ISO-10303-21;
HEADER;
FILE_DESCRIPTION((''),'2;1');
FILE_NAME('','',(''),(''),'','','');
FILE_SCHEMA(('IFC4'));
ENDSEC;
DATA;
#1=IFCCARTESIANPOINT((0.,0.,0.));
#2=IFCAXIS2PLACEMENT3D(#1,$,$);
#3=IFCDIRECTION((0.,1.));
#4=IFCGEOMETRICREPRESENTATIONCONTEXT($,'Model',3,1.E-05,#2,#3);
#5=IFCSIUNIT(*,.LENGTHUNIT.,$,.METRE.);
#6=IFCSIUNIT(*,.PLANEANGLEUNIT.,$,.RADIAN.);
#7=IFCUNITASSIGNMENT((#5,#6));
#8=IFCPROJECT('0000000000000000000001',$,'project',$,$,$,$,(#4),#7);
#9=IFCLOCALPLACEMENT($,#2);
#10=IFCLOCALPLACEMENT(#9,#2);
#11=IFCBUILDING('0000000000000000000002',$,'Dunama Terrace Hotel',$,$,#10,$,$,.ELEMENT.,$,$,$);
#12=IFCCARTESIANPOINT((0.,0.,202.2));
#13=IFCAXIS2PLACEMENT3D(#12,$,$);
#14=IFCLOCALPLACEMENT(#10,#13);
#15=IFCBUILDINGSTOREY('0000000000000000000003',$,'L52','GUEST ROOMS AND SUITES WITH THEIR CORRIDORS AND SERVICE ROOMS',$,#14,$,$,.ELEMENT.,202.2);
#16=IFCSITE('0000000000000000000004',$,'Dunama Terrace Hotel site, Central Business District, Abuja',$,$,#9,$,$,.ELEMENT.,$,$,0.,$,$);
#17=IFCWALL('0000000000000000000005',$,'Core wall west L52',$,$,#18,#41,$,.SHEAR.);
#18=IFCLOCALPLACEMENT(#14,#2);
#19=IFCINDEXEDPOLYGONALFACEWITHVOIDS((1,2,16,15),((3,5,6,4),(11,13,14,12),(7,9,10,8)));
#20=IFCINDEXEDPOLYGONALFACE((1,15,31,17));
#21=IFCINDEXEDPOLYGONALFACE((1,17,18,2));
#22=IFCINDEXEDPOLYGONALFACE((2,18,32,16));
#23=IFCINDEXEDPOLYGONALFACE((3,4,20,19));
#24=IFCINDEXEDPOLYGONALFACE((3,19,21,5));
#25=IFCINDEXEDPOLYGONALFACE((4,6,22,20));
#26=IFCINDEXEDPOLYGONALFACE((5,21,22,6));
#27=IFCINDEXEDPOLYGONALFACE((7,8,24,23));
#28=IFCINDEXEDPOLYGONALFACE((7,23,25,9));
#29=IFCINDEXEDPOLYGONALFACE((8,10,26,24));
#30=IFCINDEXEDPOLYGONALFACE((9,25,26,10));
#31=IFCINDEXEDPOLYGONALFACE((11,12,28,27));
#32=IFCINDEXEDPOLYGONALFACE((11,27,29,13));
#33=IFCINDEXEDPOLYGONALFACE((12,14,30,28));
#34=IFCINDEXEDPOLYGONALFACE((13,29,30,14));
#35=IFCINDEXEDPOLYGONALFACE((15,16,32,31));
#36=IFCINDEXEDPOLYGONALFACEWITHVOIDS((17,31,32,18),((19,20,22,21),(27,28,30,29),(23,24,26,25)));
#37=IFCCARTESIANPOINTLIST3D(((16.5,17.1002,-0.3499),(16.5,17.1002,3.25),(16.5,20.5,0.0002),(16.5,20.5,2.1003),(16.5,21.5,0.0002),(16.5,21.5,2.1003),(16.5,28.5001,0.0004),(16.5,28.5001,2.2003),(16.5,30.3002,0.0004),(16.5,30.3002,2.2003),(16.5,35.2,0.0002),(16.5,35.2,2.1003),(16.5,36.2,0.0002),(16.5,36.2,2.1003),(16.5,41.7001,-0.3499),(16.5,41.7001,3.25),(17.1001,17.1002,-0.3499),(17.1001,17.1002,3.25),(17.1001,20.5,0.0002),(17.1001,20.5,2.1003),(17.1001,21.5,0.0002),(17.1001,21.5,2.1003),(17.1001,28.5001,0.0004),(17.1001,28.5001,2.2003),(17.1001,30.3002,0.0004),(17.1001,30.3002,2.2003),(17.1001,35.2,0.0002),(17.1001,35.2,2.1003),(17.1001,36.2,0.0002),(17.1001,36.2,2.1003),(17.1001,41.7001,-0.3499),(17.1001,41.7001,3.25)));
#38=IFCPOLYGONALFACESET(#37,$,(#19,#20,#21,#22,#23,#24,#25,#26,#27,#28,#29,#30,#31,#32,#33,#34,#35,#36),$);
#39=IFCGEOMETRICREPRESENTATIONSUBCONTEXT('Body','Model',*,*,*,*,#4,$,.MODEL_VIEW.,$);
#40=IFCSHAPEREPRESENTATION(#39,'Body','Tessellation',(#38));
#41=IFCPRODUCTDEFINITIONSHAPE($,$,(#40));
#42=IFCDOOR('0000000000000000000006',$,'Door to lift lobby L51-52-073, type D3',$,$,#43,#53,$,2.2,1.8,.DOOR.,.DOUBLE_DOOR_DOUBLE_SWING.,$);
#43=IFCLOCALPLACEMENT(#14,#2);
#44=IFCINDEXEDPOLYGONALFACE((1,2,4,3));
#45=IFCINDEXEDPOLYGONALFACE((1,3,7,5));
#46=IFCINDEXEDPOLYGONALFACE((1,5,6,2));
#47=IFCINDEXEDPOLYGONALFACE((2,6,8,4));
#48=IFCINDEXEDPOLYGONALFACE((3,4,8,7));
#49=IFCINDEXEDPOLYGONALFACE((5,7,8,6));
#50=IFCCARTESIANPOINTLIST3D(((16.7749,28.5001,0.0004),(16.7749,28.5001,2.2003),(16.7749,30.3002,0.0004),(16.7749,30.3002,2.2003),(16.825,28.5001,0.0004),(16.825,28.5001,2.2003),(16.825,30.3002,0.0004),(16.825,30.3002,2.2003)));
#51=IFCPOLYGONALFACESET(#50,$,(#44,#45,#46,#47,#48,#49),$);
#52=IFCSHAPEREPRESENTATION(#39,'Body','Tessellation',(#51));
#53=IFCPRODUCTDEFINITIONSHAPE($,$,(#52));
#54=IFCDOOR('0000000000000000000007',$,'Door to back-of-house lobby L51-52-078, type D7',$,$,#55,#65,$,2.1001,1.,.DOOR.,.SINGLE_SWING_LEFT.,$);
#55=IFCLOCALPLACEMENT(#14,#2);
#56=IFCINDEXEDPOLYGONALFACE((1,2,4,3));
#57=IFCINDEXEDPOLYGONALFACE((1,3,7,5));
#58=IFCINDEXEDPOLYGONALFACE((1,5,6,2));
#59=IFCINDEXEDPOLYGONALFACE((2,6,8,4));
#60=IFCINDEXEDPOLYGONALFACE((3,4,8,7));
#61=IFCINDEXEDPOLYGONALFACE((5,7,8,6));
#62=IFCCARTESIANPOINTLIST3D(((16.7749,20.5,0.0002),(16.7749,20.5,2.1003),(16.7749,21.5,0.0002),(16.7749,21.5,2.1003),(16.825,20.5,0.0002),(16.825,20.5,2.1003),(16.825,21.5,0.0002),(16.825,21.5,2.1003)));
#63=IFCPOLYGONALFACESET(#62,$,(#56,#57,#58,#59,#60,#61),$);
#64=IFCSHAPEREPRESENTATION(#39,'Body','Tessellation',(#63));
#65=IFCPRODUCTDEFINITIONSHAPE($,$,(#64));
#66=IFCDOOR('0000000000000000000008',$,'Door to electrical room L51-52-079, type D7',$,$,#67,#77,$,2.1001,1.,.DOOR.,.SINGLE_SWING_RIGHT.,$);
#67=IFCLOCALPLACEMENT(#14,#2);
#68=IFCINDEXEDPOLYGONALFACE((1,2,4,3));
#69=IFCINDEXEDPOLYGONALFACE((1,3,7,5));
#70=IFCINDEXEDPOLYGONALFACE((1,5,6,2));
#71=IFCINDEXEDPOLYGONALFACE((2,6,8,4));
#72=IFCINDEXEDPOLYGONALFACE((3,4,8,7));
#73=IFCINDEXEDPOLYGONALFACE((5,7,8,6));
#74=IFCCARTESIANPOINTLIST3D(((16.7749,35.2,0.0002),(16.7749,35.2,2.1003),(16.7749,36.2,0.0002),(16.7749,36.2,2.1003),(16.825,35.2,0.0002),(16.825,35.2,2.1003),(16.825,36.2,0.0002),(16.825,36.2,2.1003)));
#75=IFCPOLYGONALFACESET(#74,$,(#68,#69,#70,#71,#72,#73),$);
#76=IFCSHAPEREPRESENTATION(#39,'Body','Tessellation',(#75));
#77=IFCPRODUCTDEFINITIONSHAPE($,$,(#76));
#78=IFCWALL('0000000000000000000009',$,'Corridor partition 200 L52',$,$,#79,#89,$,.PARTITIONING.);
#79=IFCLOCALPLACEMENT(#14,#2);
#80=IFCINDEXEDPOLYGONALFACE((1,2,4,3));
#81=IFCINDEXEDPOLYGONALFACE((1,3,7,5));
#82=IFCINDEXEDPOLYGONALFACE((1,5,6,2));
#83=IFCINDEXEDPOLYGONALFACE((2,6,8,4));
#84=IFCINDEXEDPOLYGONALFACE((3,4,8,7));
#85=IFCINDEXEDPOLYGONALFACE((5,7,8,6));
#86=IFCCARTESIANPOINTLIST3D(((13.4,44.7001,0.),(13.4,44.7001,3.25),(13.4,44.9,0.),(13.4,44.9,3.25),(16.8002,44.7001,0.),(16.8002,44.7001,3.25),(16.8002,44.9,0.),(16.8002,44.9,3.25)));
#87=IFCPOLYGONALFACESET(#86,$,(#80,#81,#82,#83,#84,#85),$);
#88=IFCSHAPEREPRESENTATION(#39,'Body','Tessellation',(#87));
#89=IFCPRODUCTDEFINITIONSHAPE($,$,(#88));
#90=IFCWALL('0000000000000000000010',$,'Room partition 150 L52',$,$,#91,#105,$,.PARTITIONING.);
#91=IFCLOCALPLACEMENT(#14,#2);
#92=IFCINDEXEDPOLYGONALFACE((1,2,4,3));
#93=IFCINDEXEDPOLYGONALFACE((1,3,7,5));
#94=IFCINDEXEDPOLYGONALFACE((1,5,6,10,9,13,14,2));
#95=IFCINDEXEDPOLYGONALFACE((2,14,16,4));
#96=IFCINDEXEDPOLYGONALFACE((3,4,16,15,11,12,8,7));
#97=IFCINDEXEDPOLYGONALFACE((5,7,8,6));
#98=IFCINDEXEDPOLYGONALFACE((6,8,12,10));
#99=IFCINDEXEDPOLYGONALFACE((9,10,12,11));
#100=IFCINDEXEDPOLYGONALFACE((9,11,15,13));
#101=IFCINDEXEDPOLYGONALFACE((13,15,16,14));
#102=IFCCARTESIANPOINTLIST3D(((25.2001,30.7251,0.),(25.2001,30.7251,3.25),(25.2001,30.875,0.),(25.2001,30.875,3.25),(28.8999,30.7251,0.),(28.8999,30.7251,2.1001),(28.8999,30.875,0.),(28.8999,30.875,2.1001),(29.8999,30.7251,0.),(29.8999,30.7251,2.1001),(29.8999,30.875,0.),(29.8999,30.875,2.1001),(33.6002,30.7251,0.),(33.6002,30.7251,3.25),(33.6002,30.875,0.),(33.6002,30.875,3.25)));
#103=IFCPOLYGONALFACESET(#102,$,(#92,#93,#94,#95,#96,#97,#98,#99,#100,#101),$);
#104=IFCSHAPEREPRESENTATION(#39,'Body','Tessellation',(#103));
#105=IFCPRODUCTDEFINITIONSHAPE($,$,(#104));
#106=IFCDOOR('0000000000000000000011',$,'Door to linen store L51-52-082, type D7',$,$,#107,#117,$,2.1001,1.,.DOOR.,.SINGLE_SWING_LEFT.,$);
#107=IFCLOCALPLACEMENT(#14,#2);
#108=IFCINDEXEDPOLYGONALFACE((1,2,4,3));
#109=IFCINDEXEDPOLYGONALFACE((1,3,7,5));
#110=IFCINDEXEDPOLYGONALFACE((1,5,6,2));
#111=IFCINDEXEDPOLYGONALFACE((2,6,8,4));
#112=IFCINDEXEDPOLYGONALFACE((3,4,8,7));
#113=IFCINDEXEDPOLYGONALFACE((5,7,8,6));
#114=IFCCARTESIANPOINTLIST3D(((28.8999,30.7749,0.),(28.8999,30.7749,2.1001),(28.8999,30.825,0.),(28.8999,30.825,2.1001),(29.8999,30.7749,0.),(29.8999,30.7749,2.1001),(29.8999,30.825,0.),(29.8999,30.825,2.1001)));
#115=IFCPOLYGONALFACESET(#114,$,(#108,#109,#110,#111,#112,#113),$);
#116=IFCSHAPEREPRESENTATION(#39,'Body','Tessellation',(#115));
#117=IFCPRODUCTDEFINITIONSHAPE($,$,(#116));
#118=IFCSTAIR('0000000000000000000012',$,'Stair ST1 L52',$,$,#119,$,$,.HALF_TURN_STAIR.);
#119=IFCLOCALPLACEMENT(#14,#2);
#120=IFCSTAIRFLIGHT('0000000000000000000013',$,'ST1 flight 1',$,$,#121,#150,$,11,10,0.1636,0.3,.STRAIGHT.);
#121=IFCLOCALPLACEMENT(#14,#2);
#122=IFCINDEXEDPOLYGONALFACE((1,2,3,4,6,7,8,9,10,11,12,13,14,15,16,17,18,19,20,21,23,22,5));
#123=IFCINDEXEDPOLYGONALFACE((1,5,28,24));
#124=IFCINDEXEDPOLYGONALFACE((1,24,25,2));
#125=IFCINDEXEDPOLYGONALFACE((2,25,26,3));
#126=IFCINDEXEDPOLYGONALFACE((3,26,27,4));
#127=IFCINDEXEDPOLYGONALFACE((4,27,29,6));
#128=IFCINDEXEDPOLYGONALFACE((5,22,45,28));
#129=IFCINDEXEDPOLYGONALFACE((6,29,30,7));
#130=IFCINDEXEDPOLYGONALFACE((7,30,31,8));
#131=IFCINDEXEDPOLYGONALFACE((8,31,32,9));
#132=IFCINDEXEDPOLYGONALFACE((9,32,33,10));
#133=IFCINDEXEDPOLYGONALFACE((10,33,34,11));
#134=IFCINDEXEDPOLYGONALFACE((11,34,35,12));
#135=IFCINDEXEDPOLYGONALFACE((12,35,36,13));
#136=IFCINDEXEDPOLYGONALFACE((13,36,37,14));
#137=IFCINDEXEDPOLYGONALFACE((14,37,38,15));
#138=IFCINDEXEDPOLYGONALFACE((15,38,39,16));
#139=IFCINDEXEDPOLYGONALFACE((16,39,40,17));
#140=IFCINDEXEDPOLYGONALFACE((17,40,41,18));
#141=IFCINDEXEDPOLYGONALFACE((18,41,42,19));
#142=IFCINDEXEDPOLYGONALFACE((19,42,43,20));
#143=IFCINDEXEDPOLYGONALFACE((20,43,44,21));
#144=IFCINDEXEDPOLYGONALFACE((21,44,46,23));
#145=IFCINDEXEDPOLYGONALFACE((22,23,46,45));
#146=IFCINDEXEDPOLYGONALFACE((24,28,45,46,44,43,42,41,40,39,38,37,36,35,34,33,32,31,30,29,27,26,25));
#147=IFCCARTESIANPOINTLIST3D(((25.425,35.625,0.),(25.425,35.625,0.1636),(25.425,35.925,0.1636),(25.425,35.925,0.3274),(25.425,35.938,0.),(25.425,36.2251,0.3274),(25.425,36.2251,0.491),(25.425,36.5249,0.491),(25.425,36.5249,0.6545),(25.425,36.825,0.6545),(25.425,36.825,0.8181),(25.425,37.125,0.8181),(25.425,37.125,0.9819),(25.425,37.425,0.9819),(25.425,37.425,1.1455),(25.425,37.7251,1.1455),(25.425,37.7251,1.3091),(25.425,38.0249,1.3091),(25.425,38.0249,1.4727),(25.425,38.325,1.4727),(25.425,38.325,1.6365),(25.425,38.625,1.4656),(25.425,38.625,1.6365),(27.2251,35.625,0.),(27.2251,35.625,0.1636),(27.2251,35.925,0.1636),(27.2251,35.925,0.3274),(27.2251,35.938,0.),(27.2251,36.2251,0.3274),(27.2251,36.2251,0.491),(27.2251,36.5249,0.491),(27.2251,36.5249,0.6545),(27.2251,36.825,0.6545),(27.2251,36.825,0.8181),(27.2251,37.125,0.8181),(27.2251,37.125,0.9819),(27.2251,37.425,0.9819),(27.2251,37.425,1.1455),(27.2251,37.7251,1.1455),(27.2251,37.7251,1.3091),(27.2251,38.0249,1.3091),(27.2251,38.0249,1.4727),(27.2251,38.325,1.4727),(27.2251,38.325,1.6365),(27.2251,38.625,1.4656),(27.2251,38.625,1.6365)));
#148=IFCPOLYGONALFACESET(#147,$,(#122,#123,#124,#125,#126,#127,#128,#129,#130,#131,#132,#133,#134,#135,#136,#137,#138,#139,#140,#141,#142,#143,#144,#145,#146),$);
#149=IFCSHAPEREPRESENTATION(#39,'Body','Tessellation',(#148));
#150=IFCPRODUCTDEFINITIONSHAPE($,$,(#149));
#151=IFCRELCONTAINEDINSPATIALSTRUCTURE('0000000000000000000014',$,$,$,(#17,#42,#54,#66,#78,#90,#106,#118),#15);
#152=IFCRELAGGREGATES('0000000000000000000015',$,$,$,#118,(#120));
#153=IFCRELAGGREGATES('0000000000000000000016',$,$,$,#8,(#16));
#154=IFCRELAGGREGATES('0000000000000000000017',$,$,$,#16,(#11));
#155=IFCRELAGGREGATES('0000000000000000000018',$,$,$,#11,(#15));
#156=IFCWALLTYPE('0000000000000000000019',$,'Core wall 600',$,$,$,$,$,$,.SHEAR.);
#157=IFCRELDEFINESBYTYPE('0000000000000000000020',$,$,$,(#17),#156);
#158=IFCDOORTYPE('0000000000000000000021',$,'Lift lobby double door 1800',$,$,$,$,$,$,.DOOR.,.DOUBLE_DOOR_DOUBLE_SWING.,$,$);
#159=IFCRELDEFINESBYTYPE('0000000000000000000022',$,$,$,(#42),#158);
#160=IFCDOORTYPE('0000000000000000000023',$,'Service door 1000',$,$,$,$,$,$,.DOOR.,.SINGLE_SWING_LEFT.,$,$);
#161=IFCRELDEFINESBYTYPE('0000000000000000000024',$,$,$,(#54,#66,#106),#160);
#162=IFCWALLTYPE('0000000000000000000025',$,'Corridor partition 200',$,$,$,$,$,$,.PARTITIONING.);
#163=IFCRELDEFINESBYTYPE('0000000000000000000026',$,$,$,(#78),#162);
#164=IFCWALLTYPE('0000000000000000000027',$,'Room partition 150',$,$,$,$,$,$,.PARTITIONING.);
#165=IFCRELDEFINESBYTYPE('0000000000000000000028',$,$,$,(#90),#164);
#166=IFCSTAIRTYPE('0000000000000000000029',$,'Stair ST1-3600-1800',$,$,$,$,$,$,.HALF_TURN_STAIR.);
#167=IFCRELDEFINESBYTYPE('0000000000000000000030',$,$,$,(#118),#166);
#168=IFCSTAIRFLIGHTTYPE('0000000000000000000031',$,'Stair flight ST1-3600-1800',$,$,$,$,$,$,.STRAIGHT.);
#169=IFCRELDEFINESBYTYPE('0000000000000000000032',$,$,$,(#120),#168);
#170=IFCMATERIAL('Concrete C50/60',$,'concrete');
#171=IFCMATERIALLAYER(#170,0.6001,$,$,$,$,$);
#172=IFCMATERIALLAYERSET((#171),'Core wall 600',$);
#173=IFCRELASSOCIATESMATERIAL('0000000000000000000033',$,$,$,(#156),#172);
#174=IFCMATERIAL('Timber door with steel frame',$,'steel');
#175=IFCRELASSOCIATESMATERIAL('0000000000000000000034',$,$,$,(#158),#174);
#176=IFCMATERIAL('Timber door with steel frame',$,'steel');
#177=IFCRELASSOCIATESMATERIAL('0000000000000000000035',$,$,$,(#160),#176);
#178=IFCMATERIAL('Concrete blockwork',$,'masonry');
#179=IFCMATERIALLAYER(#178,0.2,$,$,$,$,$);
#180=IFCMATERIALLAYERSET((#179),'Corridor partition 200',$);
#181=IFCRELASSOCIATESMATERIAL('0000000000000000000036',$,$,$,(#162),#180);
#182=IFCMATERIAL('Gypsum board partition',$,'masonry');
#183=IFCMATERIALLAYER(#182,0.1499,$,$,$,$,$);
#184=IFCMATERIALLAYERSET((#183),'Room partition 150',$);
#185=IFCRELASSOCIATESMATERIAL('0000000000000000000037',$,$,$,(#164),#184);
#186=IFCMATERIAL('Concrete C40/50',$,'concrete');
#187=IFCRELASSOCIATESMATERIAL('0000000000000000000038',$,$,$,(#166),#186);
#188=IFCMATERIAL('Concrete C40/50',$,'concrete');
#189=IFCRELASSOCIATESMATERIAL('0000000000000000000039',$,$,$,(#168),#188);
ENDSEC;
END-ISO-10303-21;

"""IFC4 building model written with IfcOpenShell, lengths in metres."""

from ifc_helpers import new_model, si_unit, direction, frame, frame_2d, origin, place, context, subcontext, project, spatial, polyline, rectangle, outline, extrude, material, layer, layer_set, type_object, element, fill, aggregate, save


model = new_model("IFC4")

# Units and contexts
model_context = context("Model", 3, precision=1e-05, world=origin(), true_north=direction((0.0, 1.0)))
body_context = subcontext(model_context, "Body", "Model", "MODEL_VIEW")
ifc_project = project(units=[si_unit("LENGTHUNIT", "METRE"), si_unit("PLANEANGLEUNIT", "RADIAN")], contexts=[model_context])

# Site, building, storey
site_placement = place(None, origin())
site = spatial("IfcSite", under=ifc_project, at=site_placement, Name="Dunama Terrace Hotel site, Central Business District, Abuja", CompositionType="ELEMENT", RefElevation=0.0)
building_placement = place(site_placement, origin())
building = spatial("IfcBuilding", under=site, at=building_placement, Name="Dunama Terrace Hotel", CompositionType="ELEMENT")
storey_placement = place(building_placement, frame((0.0, 0.0, 202.2)))
storey = spatial("IfcBuildingStorey", under=building, at=storey_placement, Name="L52", Description="GUEST ROOMS AND SUITES WITH THEIR CORRIDORS AND SERVICE ROOMS", CompositionType="ELEMENT", Elevation=202.2)

# Wall, openings, doors
ifc_material_1 = material(Name="Concrete C50/60", Category="concrete")
ifc_layer_1 = layer(ifc_material_1, 0.6001)
ifc_layer_set_1 = layer_set([ifc_layer_1], Name="Core wall 600")
wall_type_1 = type_object("IfcWallType", Name="Core wall 600", PredefinedType="SHEAR", material=ifc_layer_set_1)
wall_1_placement = place(storey_placement, frame((16.8, 41.7, -0.3499), z_axis=(0.0, 0.0, 1.0), x_axis=(0.0, -1.0, 0.0)))
wall_1 = element("IfcWall", 1, at=wall_1_placement, inside=storey, type_object=wall_type_1, Name="Core wall west L52", PredefinedType="SHEAR", context=body_context, shape_type="SweptSolid", body=[
    extrude(rectangle(XDim=24.5999, YDim=0.6001, at=frame_2d((12.2998, 0.0))), origin(), (0.0, 0.0, 1.0), 3.5999),
])
opening_1_placement = place(wall_1_placement, frame((11.3999, 0.0, 0.3501)))
opening_1 = element("IfcOpeningElement", 2, at=opening_1_placement, cuts=wall_1, PredefinedType="OPENING", context=body_context, shape_type="SweptSolid", body=[
    extrude(rectangle(XDim=1.8, YDim=2.2, at=frame_2d((0.8999, 1.1001))), frame((0.0, 0.3101, 0.0), z_axis=(0.0, -1.0, 0.0), x_axis=(1.0, 0.0, 0.0)), (0.0, 0.0, 1.0), 0.6201),
])
opening_2_placement = place(wall_1_placement, frame((20.2, 0.0, 0.3501)))
opening_2 = element("IfcOpeningElement", 3, at=opening_2_placement, cuts=wall_1, PredefinedType="OPENING", context=body_context, shape_type="SweptSolid", body=[
    extrude(rectangle(XDim=1.0, YDim=2.1001, at=frame_2d((0.5, 1.05))), frame((0.0, 0.3101, 0.0), z_axis=(0.0, -1.0, 0.0), x_axis=(1.0, 0.0, 0.0)), (0.0, 0.0, 1.0), 0.6201),
])
opening_3_placement = place(wall_1_placement, frame((5.5, 0.0, 0.3501)))
opening_3 = element("IfcOpeningElement", 4, at=opening_3_placement, cuts=wall_1, PredefinedType="OPENING", context=body_context, shape_type="SweptSolid", body=[
    extrude(rectangle(XDim=1.0, YDim=2.1001, at=frame_2d((0.5, 1.05))), frame((0.0, 0.3101, 0.0), z_axis=(0.0, -1.0, 0.0), x_axis=(1.0, 0.0, 0.0)), (0.0, 0.0, 1.0), 0.6201),
])
ifc_material_2 = material(Name="Timber door with steel frame", Category="steel")
door_type_1 = type_object("IfcDoorType", Name="Lift lobby double door 1800", OperationType="DOUBLE_DOOR_DOUBLE_SWING", PredefinedType="DOOR", material=ifc_material_2)
door_1_placement = place(opening_1_placement, origin())
door_1 = element("IfcDoor", 5, at=door_1_placement, inside=storey, type_object=door_type_1, Name="Door to lift lobby L51-52-073, type D3", OperationType="DOUBLE_DOOR_DOUBLE_SWING", OverallHeight=2.2, OverallWidth=1.8, PredefinedType="DOOR", context=body_context, shape_type="SweptSolid", body=[
    extrude(rectangle(XDim=1.8, YDim=2.2, at=frame_2d((0.8999, 1.1001))), frame((0.0, 0.0249, 0.0), z_axis=(0.0, -1.0, 0.0), x_axis=(1.0, 0.0, 0.0)), (0.0, 0.0, 1.0), 0.05),
])
fill(opening_1, door_1)
ifc_material_3 = material(Name="Timber door with steel frame", Category="steel")
door_type_2 = type_object("IfcDoorType", Name="Service door 1000", OperationType="SINGLE_SWING_LEFT", PredefinedType="DOOR", material=ifc_material_3)
door_2_placement = place(opening_2_placement, origin())
door_2 = element("IfcDoor", 6, at=door_2_placement, inside=storey, type_object=door_type_2, Name="Door to back-of-house lobby L51-52-078, type D7", OperationType="SINGLE_SWING_LEFT", OverallHeight=2.1001, OverallWidth=1.0, PredefinedType="DOOR", context=body_context, shape_type="SweptSolid", body=[
    extrude(rectangle(XDim=1.0, YDim=2.1001, at=frame_2d((0.5, 1.05))), frame((0.0, 0.0249, 0.0), z_axis=(0.0, -1.0, 0.0), x_axis=(1.0, 0.0, 0.0)), (0.0, 0.0, 1.0), 0.05),
])
fill(opening_2, door_2)
door_3_placement = place(opening_3_placement, origin())
door_3 = element("IfcDoor", 7, at=door_3_placement, inside=storey, type_object=door_type_2, Name="Door to electrical room L51-52-079, type D7", OperationType="SINGLE_SWING_RIGHT", OverallHeight=2.1001, OverallWidth=1.0, PredefinedType="DOOR", context=body_context, shape_type="SweptSolid", body=[
    extrude(rectangle(XDim=1.0, YDim=2.1001, at=frame_2d((0.5, 1.05))), frame((0.0, 0.0249, 0.0), z_axis=(0.0, -1.0, 0.0), x_axis=(1.0, 0.0, 0.0)), (0.0, 0.0, 1.0), 0.05),
])
fill(opening_3, door_3)

# Wall
ifc_material_4 = material(Name="Concrete blockwork", Category="masonry")
ifc_layer_2 = layer(ifc_material_4, 0.2)
ifc_layer_set_2 = layer_set([ifc_layer_2], Name="Corridor partition 200")
wall_type_2 = type_object("IfcWallType", Name="Corridor partition 200", PredefinedType="PARTITIONING", material=ifc_layer_set_2)
wall_2_placement = place(storey_placement, frame((13.3999, 44.8, 0.0), z_axis=(0.0, 0.0, 1.0), x_axis=(1.0, 0.0, 0.0)))
element("IfcWall", 8, at=wall_2_placement, inside=storey, type_object=wall_type_2, Name="Corridor partition 200 L52", PredefinedType="PARTITIONING", context=body_context, shape_type="SweptSolid", body=[
    extrude(rectangle(XDim=3.4001, YDim=0.2, at=frame_2d((1.7002, 0.0))), origin(), (0.0, 0.0, 1.0), 3.25),
])

# Wall, opening, door
ifc_material_5 = material(Name="Gypsum board partition", Category="masonry")
ifc_layer_3 = layer(ifc_material_5, 0.1499)
ifc_layer_set_3 = layer_set([ifc_layer_3], Name="Room partition 150")
wall_type_3 = type_object("IfcWallType", Name="Room partition 150", PredefinedType="PARTITIONING", material=ifc_layer_set_3)
wall_3_placement = place(storey_placement, frame((25.2, 30.8, 0.0), z_axis=(0.0, 0.0, 1.0), x_axis=(1.0, 0.0, 0.0)))
wall_3 = element("IfcWall", 9, at=wall_3_placement, inside=storey, type_object=wall_type_3, Name="Room partition 150 L52", PredefinedType="PARTITIONING", context=body_context, shape_type="SweptSolid", body=[
    extrude(rectangle(XDim=8.4001, YDim=0.1499, at=frame_2d((4.2002, 0.0))), origin(), (0.0, 0.0, 1.0), 3.25),
])
opening_4_placement = place(wall_3_placement, frame((3.7, 0.0, 0.0)))
opening_4 = element("IfcOpeningElement", 10, at=opening_4_placement, cuts=wall_3, PredefinedType="OPENING", context=body_context, shape_type="SweptSolid", body=[
    extrude(rectangle(XDim=1.0, YDim=2.1001, at=frame_2d((0.5, 1.05))), frame((0.0, 0.085, 0.0), z_axis=(0.0, -1.0, 0.0), x_axis=(1.0, 0.0, 0.0)), (0.0, 0.0, 1.0), 0.1699),
])
door_4_placement = place(opening_4_placement, origin())
door_4 = element("IfcDoor", 11, at=door_4_placement, inside=storey, type_object=door_type_2, Name="Door to linen store L51-52-082, type D7", OperationType="SINGLE_SWING_LEFT", OverallHeight=2.1001, OverallWidth=1.0, PredefinedType="DOOR", context=body_context, shape_type="SweptSolid", body=[
    extrude(rectangle(XDim=1.0, YDim=2.1001, at=frame_2d((0.5, 1.05))), frame((0.0, 0.0249, 0.0), z_axis=(0.0, -1.0, 0.0), x_axis=(1.0, 0.0, 0.0)), (0.0, 0.0, 1.0), 0.05),
])
fill(opening_4, door_4)

# Stair, stair flight
ifc_material_6 = material(Name="Concrete C40/50", Category="concrete")
stair_type = type_object("IfcStairType", Name="Stair ST1-3600-1800", PredefinedType="HALF_TURN_STAIR", material=ifc_material_6)
stair_placement = place(storey_placement, origin())
stair = element("IfcStair", 12, at=stair_placement, inside=storey, type_object=stair_type, Name="Stair ST1 L52", PredefinedType="HALF_TURN_STAIR")
ifc_material_7 = material(Name="Concrete C40/50", Category="concrete")
stair_flight_type = type_object("IfcStairFlightType", Name="Stair flight ST1-3600-1800", PredefinedType="STRAIGHT", material=ifc_material_7)
stair_flight_placement = place(storey_placement, frame((26.325, 35.625, 0.0), z_axis=(0.0, 0.0, 1.0), x_axis=(0.0, 1.0, 0.0)))
stair_flight = element("IfcStairFlight", 13, at=stair_flight_placement, type_object=stair_flight_type, Name="ST1 flight 1", NumberOfRisers=11, NumberOfTreads=10, PredefinedType="STRAIGHT", RiserHeight=0.1636, TreadLength=0.3, context=body_context, shape_type="SweptSolid", body=[
    extrude(outline(polyline([(0.0, 0.0), (0.0, 0.1636), (0.3, 0.1636), (0.3, 0.3274), (0.6001, 0.3274), (0.6001, 0.491), (0.8999, 0.491), (0.8999, 0.6545), (1.2, 0.6545), (1.2, 0.8181), (1.5, 0.8181), (1.5, 0.9819), (1.8, 0.9819), (1.8, 1.1455), (2.1001, 1.1455), (2.1001, 1.3091), (2.3999, 1.3091), (2.3999, 1.4727), (2.7, 1.4727), (2.7, 1.6365), (3.0, 1.6365), (3.0, 1.8), (3.0, 1.4656), (0.313, 0.0), (0.0, 0.0)])), frame((0.0, 0.8999, 0.0), z_axis=(0.0, -1.0, 0.0), x_axis=(1.0, 0.0, 0.0)), (0.0, 0.0, 1.0), 1.8),
])
aggregate(stair, [stair_flight])

save(model, "model.ifc")
